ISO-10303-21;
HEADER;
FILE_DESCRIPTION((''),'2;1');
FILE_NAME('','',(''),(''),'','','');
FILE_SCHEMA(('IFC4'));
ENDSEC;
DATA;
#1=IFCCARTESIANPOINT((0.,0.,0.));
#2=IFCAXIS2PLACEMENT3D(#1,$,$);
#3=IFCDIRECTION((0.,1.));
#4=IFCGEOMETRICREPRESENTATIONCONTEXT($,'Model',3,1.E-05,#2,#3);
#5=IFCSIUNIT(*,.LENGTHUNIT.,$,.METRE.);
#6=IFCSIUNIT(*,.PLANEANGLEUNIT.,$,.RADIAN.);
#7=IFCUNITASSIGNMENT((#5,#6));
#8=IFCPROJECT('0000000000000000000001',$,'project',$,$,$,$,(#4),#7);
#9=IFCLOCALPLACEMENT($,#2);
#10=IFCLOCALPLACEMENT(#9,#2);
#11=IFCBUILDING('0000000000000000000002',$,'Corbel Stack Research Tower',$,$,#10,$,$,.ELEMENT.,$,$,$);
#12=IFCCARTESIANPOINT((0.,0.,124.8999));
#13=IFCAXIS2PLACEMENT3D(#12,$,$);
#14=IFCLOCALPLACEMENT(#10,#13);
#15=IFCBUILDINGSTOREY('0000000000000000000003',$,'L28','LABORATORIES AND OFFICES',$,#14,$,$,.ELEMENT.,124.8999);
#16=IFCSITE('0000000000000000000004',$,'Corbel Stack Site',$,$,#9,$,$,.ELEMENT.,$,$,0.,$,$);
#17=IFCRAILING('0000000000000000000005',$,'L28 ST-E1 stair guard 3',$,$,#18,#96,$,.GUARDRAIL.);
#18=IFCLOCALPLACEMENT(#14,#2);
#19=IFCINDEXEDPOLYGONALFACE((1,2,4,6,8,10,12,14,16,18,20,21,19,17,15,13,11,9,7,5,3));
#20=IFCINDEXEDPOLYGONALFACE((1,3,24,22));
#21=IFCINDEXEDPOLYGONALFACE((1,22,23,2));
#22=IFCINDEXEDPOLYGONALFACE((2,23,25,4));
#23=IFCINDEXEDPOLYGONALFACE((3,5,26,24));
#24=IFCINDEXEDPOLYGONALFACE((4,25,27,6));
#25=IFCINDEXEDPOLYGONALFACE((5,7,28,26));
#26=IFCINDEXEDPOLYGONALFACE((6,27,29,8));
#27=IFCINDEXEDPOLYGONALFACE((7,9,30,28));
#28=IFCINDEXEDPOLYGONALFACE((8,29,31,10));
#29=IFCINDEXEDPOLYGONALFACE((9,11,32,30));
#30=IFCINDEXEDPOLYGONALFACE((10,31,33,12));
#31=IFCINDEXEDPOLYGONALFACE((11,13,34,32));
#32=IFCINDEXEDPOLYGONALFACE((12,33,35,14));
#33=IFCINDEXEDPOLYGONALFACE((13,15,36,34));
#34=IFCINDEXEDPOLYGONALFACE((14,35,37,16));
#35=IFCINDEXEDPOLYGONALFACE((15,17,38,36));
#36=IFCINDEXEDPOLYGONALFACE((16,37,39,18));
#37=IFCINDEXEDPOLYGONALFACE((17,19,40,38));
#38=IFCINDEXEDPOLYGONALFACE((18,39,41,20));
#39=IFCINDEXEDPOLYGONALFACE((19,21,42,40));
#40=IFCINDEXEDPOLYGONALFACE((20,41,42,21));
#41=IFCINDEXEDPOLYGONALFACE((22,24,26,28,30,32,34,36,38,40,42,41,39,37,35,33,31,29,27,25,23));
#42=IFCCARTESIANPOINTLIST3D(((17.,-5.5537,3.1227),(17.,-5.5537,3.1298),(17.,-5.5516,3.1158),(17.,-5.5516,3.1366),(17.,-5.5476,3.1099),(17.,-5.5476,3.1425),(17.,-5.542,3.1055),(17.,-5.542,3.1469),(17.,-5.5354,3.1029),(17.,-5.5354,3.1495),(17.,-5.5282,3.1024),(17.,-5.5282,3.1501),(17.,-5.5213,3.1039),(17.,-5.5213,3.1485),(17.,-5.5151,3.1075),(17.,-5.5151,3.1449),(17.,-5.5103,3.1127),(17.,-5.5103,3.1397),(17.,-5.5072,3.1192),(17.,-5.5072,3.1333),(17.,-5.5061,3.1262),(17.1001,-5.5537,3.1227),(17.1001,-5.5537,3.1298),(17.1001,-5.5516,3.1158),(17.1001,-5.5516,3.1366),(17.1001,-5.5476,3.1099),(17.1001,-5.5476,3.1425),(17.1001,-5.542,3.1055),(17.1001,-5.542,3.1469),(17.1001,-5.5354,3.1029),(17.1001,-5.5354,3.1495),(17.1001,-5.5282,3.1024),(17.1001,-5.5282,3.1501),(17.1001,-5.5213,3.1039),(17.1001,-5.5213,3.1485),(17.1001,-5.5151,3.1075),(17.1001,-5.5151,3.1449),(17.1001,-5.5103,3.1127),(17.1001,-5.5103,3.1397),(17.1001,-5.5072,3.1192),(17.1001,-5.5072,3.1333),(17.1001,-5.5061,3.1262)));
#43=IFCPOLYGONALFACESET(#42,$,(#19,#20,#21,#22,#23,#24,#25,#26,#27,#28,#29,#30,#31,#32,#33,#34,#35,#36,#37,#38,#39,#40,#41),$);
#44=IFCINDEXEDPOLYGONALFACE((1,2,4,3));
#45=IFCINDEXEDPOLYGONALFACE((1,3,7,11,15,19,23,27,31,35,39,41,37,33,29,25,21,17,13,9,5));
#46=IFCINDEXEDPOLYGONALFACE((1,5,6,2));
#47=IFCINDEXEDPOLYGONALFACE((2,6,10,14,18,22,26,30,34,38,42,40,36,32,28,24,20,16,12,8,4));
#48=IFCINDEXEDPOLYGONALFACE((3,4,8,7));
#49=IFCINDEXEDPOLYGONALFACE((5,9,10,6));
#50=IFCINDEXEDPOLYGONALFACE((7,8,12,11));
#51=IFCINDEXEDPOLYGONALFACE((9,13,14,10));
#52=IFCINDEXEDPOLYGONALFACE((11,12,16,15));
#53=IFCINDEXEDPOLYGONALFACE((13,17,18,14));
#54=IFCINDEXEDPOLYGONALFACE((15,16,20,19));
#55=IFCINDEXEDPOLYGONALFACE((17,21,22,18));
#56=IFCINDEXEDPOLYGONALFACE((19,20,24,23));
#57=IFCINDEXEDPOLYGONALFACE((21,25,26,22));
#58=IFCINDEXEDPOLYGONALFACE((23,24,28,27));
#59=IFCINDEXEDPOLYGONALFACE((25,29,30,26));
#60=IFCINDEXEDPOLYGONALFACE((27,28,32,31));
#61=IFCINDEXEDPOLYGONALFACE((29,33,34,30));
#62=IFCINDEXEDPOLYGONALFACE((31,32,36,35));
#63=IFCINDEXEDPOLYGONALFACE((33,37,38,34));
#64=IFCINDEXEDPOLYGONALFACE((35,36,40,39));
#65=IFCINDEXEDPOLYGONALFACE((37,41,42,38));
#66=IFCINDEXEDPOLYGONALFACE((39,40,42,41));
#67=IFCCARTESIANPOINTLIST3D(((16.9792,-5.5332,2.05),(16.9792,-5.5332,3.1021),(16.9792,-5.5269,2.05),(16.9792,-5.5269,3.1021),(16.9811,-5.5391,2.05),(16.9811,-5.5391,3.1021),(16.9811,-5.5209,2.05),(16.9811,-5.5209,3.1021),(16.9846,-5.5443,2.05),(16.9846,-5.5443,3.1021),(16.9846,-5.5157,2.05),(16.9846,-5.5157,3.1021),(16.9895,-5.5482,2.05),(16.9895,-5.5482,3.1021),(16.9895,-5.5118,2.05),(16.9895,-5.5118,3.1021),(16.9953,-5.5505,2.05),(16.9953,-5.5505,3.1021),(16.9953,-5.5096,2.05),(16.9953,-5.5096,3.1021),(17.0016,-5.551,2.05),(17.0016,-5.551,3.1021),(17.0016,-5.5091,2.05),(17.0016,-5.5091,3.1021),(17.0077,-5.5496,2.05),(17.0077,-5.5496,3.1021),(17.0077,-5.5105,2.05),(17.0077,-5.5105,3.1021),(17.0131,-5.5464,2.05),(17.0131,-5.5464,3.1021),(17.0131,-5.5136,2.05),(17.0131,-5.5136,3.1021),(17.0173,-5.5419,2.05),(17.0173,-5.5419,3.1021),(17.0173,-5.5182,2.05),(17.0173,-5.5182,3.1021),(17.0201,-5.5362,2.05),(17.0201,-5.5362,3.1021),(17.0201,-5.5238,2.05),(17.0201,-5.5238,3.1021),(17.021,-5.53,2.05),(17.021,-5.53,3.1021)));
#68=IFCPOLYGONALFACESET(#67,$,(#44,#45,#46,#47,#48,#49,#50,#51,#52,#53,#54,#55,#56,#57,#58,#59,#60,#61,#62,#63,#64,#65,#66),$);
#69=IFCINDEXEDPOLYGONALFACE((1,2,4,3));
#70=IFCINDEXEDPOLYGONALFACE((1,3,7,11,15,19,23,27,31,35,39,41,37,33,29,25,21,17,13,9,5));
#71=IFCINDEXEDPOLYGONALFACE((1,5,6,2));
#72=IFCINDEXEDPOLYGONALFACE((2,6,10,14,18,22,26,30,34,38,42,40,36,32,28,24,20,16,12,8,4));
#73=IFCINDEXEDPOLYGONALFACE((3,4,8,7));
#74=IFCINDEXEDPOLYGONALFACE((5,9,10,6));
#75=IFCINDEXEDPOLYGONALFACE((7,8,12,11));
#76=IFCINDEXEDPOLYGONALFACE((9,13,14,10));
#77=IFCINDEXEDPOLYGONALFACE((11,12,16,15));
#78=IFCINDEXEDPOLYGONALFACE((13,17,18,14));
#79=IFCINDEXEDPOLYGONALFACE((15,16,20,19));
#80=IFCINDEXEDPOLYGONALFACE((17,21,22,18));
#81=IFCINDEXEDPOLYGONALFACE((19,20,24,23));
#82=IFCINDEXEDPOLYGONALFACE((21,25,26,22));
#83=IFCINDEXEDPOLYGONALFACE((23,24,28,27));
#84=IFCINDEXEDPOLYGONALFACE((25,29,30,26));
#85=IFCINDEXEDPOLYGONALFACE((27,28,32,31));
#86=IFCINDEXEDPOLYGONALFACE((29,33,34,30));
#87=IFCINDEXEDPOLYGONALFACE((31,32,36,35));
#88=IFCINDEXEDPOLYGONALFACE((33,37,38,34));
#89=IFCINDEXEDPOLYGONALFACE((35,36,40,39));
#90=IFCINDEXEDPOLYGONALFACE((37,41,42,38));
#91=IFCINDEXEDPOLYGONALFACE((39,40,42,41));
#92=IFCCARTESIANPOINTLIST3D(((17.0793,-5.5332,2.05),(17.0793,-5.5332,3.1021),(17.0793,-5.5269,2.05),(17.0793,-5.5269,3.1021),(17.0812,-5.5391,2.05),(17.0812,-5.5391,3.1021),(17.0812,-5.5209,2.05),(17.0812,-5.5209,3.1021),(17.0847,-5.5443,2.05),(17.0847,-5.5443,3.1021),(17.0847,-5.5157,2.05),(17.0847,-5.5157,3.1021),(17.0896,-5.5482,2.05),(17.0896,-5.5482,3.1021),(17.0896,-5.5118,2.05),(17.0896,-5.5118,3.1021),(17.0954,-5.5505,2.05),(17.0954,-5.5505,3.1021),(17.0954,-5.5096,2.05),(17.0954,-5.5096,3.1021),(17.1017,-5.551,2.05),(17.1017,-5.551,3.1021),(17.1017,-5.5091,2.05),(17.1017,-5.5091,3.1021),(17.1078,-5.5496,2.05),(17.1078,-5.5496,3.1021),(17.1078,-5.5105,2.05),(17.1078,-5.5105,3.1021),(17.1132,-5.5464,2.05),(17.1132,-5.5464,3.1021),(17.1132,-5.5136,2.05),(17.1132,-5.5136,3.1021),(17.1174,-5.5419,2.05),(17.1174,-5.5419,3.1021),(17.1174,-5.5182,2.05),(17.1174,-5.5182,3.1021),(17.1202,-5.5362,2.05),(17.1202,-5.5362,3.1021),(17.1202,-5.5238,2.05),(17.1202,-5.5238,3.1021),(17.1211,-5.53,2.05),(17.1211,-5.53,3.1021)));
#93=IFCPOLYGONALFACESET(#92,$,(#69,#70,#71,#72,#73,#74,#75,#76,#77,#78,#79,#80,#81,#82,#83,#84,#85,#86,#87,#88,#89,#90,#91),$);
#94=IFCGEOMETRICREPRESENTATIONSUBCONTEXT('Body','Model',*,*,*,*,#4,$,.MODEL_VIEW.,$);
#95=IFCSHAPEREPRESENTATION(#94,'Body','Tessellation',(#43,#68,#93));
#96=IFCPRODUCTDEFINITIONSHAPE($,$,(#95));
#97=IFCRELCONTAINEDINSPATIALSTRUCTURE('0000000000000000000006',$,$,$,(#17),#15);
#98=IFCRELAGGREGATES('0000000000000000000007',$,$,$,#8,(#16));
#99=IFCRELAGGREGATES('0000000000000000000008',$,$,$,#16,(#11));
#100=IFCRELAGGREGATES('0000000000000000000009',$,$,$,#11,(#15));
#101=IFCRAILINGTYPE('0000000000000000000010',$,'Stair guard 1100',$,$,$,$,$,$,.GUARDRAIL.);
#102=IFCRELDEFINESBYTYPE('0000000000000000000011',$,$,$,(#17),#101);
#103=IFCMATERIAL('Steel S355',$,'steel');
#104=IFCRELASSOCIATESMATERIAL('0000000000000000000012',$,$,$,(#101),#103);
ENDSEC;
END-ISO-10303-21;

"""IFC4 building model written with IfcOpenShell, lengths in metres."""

from ifc_helpers import new_model, si_unit, direction, frame, origin, origin_2d, place, context, subcontext, project, spatial, circle, extrude, material, type_object, element, save


model = new_model("IFC4")

# Units and contexts
model_context = context("Model", 3, precision=1e-05, world=origin(), true_north=direction((0.0, 1.0)))
body_context = subcontext(model_context, "Body", "Model", "MODEL_VIEW")
ifc_project = project(units=[si_unit("LENGTHUNIT", "METRE"), si_unit("PLANEANGLEUNIT", "RADIAN")], contexts=[model_context])

# Site, building, storey
site_placement = place(None, origin())
site = spatial("IfcSite", under=ifc_project, at=site_placement, Name="Corbel Stack Site", CompositionType="ELEMENT", RefElevation=0.0)
building_placement = place(site_placement, origin())
building = spatial("IfcBuilding", under=site, at=building_placement, Name="Corbel Stack Research Tower", CompositionType="ELEMENT")
storey_placement = place(building_placement, frame((0.0, 0.0, 124.8999)))
storey = spatial("IfcBuildingStorey", under=building, at=storey_placement, Name="L28", Description="LABORATORIES AND OFFICES", CompositionType="ELEMENT", Elevation=124.8999)

# Railing
ifc_material_1 = material(Name="Steel S355", Category="steel")
railing_type_1 = type_object("IfcRailingType", Name="Stair guard 1100", PredefinedType="GUARDRAIL", material=ifc_material_1)
railing_1_placement = place(storey_placement, frame((17.0, -5.53, 2.05)))
element("IfcRailing", 1, at=railing_1_placement, inside=storey, type_object=railing_type_1, Name="L28 ST-E1 stair guard 3", PredefinedType="GUARDRAIL", context=body_context, shape_type="SweptSolid", body=[
    extrude(circle(Radius=0.0239, at=origin_2d()), frame((0.0, 0.0, 1.0762), z_axis=(1.0, 0.0, 0.0), x_axis=(0.0, 1.0, 0.0)), (0.0, 0.0, 1.0), 0.1001),
    extrude(circle(Radius=0.021, at=origin_2d()), origin(), (0.0, 0.0, 1.0), 1.052),
    extrude(circle(Radius=0.021, at=origin_2d()), frame((0.1001, 0.0, 0.0)), (0.0, 0.0, 1.0), 1.052),
])

save(model, "model.ifc")
